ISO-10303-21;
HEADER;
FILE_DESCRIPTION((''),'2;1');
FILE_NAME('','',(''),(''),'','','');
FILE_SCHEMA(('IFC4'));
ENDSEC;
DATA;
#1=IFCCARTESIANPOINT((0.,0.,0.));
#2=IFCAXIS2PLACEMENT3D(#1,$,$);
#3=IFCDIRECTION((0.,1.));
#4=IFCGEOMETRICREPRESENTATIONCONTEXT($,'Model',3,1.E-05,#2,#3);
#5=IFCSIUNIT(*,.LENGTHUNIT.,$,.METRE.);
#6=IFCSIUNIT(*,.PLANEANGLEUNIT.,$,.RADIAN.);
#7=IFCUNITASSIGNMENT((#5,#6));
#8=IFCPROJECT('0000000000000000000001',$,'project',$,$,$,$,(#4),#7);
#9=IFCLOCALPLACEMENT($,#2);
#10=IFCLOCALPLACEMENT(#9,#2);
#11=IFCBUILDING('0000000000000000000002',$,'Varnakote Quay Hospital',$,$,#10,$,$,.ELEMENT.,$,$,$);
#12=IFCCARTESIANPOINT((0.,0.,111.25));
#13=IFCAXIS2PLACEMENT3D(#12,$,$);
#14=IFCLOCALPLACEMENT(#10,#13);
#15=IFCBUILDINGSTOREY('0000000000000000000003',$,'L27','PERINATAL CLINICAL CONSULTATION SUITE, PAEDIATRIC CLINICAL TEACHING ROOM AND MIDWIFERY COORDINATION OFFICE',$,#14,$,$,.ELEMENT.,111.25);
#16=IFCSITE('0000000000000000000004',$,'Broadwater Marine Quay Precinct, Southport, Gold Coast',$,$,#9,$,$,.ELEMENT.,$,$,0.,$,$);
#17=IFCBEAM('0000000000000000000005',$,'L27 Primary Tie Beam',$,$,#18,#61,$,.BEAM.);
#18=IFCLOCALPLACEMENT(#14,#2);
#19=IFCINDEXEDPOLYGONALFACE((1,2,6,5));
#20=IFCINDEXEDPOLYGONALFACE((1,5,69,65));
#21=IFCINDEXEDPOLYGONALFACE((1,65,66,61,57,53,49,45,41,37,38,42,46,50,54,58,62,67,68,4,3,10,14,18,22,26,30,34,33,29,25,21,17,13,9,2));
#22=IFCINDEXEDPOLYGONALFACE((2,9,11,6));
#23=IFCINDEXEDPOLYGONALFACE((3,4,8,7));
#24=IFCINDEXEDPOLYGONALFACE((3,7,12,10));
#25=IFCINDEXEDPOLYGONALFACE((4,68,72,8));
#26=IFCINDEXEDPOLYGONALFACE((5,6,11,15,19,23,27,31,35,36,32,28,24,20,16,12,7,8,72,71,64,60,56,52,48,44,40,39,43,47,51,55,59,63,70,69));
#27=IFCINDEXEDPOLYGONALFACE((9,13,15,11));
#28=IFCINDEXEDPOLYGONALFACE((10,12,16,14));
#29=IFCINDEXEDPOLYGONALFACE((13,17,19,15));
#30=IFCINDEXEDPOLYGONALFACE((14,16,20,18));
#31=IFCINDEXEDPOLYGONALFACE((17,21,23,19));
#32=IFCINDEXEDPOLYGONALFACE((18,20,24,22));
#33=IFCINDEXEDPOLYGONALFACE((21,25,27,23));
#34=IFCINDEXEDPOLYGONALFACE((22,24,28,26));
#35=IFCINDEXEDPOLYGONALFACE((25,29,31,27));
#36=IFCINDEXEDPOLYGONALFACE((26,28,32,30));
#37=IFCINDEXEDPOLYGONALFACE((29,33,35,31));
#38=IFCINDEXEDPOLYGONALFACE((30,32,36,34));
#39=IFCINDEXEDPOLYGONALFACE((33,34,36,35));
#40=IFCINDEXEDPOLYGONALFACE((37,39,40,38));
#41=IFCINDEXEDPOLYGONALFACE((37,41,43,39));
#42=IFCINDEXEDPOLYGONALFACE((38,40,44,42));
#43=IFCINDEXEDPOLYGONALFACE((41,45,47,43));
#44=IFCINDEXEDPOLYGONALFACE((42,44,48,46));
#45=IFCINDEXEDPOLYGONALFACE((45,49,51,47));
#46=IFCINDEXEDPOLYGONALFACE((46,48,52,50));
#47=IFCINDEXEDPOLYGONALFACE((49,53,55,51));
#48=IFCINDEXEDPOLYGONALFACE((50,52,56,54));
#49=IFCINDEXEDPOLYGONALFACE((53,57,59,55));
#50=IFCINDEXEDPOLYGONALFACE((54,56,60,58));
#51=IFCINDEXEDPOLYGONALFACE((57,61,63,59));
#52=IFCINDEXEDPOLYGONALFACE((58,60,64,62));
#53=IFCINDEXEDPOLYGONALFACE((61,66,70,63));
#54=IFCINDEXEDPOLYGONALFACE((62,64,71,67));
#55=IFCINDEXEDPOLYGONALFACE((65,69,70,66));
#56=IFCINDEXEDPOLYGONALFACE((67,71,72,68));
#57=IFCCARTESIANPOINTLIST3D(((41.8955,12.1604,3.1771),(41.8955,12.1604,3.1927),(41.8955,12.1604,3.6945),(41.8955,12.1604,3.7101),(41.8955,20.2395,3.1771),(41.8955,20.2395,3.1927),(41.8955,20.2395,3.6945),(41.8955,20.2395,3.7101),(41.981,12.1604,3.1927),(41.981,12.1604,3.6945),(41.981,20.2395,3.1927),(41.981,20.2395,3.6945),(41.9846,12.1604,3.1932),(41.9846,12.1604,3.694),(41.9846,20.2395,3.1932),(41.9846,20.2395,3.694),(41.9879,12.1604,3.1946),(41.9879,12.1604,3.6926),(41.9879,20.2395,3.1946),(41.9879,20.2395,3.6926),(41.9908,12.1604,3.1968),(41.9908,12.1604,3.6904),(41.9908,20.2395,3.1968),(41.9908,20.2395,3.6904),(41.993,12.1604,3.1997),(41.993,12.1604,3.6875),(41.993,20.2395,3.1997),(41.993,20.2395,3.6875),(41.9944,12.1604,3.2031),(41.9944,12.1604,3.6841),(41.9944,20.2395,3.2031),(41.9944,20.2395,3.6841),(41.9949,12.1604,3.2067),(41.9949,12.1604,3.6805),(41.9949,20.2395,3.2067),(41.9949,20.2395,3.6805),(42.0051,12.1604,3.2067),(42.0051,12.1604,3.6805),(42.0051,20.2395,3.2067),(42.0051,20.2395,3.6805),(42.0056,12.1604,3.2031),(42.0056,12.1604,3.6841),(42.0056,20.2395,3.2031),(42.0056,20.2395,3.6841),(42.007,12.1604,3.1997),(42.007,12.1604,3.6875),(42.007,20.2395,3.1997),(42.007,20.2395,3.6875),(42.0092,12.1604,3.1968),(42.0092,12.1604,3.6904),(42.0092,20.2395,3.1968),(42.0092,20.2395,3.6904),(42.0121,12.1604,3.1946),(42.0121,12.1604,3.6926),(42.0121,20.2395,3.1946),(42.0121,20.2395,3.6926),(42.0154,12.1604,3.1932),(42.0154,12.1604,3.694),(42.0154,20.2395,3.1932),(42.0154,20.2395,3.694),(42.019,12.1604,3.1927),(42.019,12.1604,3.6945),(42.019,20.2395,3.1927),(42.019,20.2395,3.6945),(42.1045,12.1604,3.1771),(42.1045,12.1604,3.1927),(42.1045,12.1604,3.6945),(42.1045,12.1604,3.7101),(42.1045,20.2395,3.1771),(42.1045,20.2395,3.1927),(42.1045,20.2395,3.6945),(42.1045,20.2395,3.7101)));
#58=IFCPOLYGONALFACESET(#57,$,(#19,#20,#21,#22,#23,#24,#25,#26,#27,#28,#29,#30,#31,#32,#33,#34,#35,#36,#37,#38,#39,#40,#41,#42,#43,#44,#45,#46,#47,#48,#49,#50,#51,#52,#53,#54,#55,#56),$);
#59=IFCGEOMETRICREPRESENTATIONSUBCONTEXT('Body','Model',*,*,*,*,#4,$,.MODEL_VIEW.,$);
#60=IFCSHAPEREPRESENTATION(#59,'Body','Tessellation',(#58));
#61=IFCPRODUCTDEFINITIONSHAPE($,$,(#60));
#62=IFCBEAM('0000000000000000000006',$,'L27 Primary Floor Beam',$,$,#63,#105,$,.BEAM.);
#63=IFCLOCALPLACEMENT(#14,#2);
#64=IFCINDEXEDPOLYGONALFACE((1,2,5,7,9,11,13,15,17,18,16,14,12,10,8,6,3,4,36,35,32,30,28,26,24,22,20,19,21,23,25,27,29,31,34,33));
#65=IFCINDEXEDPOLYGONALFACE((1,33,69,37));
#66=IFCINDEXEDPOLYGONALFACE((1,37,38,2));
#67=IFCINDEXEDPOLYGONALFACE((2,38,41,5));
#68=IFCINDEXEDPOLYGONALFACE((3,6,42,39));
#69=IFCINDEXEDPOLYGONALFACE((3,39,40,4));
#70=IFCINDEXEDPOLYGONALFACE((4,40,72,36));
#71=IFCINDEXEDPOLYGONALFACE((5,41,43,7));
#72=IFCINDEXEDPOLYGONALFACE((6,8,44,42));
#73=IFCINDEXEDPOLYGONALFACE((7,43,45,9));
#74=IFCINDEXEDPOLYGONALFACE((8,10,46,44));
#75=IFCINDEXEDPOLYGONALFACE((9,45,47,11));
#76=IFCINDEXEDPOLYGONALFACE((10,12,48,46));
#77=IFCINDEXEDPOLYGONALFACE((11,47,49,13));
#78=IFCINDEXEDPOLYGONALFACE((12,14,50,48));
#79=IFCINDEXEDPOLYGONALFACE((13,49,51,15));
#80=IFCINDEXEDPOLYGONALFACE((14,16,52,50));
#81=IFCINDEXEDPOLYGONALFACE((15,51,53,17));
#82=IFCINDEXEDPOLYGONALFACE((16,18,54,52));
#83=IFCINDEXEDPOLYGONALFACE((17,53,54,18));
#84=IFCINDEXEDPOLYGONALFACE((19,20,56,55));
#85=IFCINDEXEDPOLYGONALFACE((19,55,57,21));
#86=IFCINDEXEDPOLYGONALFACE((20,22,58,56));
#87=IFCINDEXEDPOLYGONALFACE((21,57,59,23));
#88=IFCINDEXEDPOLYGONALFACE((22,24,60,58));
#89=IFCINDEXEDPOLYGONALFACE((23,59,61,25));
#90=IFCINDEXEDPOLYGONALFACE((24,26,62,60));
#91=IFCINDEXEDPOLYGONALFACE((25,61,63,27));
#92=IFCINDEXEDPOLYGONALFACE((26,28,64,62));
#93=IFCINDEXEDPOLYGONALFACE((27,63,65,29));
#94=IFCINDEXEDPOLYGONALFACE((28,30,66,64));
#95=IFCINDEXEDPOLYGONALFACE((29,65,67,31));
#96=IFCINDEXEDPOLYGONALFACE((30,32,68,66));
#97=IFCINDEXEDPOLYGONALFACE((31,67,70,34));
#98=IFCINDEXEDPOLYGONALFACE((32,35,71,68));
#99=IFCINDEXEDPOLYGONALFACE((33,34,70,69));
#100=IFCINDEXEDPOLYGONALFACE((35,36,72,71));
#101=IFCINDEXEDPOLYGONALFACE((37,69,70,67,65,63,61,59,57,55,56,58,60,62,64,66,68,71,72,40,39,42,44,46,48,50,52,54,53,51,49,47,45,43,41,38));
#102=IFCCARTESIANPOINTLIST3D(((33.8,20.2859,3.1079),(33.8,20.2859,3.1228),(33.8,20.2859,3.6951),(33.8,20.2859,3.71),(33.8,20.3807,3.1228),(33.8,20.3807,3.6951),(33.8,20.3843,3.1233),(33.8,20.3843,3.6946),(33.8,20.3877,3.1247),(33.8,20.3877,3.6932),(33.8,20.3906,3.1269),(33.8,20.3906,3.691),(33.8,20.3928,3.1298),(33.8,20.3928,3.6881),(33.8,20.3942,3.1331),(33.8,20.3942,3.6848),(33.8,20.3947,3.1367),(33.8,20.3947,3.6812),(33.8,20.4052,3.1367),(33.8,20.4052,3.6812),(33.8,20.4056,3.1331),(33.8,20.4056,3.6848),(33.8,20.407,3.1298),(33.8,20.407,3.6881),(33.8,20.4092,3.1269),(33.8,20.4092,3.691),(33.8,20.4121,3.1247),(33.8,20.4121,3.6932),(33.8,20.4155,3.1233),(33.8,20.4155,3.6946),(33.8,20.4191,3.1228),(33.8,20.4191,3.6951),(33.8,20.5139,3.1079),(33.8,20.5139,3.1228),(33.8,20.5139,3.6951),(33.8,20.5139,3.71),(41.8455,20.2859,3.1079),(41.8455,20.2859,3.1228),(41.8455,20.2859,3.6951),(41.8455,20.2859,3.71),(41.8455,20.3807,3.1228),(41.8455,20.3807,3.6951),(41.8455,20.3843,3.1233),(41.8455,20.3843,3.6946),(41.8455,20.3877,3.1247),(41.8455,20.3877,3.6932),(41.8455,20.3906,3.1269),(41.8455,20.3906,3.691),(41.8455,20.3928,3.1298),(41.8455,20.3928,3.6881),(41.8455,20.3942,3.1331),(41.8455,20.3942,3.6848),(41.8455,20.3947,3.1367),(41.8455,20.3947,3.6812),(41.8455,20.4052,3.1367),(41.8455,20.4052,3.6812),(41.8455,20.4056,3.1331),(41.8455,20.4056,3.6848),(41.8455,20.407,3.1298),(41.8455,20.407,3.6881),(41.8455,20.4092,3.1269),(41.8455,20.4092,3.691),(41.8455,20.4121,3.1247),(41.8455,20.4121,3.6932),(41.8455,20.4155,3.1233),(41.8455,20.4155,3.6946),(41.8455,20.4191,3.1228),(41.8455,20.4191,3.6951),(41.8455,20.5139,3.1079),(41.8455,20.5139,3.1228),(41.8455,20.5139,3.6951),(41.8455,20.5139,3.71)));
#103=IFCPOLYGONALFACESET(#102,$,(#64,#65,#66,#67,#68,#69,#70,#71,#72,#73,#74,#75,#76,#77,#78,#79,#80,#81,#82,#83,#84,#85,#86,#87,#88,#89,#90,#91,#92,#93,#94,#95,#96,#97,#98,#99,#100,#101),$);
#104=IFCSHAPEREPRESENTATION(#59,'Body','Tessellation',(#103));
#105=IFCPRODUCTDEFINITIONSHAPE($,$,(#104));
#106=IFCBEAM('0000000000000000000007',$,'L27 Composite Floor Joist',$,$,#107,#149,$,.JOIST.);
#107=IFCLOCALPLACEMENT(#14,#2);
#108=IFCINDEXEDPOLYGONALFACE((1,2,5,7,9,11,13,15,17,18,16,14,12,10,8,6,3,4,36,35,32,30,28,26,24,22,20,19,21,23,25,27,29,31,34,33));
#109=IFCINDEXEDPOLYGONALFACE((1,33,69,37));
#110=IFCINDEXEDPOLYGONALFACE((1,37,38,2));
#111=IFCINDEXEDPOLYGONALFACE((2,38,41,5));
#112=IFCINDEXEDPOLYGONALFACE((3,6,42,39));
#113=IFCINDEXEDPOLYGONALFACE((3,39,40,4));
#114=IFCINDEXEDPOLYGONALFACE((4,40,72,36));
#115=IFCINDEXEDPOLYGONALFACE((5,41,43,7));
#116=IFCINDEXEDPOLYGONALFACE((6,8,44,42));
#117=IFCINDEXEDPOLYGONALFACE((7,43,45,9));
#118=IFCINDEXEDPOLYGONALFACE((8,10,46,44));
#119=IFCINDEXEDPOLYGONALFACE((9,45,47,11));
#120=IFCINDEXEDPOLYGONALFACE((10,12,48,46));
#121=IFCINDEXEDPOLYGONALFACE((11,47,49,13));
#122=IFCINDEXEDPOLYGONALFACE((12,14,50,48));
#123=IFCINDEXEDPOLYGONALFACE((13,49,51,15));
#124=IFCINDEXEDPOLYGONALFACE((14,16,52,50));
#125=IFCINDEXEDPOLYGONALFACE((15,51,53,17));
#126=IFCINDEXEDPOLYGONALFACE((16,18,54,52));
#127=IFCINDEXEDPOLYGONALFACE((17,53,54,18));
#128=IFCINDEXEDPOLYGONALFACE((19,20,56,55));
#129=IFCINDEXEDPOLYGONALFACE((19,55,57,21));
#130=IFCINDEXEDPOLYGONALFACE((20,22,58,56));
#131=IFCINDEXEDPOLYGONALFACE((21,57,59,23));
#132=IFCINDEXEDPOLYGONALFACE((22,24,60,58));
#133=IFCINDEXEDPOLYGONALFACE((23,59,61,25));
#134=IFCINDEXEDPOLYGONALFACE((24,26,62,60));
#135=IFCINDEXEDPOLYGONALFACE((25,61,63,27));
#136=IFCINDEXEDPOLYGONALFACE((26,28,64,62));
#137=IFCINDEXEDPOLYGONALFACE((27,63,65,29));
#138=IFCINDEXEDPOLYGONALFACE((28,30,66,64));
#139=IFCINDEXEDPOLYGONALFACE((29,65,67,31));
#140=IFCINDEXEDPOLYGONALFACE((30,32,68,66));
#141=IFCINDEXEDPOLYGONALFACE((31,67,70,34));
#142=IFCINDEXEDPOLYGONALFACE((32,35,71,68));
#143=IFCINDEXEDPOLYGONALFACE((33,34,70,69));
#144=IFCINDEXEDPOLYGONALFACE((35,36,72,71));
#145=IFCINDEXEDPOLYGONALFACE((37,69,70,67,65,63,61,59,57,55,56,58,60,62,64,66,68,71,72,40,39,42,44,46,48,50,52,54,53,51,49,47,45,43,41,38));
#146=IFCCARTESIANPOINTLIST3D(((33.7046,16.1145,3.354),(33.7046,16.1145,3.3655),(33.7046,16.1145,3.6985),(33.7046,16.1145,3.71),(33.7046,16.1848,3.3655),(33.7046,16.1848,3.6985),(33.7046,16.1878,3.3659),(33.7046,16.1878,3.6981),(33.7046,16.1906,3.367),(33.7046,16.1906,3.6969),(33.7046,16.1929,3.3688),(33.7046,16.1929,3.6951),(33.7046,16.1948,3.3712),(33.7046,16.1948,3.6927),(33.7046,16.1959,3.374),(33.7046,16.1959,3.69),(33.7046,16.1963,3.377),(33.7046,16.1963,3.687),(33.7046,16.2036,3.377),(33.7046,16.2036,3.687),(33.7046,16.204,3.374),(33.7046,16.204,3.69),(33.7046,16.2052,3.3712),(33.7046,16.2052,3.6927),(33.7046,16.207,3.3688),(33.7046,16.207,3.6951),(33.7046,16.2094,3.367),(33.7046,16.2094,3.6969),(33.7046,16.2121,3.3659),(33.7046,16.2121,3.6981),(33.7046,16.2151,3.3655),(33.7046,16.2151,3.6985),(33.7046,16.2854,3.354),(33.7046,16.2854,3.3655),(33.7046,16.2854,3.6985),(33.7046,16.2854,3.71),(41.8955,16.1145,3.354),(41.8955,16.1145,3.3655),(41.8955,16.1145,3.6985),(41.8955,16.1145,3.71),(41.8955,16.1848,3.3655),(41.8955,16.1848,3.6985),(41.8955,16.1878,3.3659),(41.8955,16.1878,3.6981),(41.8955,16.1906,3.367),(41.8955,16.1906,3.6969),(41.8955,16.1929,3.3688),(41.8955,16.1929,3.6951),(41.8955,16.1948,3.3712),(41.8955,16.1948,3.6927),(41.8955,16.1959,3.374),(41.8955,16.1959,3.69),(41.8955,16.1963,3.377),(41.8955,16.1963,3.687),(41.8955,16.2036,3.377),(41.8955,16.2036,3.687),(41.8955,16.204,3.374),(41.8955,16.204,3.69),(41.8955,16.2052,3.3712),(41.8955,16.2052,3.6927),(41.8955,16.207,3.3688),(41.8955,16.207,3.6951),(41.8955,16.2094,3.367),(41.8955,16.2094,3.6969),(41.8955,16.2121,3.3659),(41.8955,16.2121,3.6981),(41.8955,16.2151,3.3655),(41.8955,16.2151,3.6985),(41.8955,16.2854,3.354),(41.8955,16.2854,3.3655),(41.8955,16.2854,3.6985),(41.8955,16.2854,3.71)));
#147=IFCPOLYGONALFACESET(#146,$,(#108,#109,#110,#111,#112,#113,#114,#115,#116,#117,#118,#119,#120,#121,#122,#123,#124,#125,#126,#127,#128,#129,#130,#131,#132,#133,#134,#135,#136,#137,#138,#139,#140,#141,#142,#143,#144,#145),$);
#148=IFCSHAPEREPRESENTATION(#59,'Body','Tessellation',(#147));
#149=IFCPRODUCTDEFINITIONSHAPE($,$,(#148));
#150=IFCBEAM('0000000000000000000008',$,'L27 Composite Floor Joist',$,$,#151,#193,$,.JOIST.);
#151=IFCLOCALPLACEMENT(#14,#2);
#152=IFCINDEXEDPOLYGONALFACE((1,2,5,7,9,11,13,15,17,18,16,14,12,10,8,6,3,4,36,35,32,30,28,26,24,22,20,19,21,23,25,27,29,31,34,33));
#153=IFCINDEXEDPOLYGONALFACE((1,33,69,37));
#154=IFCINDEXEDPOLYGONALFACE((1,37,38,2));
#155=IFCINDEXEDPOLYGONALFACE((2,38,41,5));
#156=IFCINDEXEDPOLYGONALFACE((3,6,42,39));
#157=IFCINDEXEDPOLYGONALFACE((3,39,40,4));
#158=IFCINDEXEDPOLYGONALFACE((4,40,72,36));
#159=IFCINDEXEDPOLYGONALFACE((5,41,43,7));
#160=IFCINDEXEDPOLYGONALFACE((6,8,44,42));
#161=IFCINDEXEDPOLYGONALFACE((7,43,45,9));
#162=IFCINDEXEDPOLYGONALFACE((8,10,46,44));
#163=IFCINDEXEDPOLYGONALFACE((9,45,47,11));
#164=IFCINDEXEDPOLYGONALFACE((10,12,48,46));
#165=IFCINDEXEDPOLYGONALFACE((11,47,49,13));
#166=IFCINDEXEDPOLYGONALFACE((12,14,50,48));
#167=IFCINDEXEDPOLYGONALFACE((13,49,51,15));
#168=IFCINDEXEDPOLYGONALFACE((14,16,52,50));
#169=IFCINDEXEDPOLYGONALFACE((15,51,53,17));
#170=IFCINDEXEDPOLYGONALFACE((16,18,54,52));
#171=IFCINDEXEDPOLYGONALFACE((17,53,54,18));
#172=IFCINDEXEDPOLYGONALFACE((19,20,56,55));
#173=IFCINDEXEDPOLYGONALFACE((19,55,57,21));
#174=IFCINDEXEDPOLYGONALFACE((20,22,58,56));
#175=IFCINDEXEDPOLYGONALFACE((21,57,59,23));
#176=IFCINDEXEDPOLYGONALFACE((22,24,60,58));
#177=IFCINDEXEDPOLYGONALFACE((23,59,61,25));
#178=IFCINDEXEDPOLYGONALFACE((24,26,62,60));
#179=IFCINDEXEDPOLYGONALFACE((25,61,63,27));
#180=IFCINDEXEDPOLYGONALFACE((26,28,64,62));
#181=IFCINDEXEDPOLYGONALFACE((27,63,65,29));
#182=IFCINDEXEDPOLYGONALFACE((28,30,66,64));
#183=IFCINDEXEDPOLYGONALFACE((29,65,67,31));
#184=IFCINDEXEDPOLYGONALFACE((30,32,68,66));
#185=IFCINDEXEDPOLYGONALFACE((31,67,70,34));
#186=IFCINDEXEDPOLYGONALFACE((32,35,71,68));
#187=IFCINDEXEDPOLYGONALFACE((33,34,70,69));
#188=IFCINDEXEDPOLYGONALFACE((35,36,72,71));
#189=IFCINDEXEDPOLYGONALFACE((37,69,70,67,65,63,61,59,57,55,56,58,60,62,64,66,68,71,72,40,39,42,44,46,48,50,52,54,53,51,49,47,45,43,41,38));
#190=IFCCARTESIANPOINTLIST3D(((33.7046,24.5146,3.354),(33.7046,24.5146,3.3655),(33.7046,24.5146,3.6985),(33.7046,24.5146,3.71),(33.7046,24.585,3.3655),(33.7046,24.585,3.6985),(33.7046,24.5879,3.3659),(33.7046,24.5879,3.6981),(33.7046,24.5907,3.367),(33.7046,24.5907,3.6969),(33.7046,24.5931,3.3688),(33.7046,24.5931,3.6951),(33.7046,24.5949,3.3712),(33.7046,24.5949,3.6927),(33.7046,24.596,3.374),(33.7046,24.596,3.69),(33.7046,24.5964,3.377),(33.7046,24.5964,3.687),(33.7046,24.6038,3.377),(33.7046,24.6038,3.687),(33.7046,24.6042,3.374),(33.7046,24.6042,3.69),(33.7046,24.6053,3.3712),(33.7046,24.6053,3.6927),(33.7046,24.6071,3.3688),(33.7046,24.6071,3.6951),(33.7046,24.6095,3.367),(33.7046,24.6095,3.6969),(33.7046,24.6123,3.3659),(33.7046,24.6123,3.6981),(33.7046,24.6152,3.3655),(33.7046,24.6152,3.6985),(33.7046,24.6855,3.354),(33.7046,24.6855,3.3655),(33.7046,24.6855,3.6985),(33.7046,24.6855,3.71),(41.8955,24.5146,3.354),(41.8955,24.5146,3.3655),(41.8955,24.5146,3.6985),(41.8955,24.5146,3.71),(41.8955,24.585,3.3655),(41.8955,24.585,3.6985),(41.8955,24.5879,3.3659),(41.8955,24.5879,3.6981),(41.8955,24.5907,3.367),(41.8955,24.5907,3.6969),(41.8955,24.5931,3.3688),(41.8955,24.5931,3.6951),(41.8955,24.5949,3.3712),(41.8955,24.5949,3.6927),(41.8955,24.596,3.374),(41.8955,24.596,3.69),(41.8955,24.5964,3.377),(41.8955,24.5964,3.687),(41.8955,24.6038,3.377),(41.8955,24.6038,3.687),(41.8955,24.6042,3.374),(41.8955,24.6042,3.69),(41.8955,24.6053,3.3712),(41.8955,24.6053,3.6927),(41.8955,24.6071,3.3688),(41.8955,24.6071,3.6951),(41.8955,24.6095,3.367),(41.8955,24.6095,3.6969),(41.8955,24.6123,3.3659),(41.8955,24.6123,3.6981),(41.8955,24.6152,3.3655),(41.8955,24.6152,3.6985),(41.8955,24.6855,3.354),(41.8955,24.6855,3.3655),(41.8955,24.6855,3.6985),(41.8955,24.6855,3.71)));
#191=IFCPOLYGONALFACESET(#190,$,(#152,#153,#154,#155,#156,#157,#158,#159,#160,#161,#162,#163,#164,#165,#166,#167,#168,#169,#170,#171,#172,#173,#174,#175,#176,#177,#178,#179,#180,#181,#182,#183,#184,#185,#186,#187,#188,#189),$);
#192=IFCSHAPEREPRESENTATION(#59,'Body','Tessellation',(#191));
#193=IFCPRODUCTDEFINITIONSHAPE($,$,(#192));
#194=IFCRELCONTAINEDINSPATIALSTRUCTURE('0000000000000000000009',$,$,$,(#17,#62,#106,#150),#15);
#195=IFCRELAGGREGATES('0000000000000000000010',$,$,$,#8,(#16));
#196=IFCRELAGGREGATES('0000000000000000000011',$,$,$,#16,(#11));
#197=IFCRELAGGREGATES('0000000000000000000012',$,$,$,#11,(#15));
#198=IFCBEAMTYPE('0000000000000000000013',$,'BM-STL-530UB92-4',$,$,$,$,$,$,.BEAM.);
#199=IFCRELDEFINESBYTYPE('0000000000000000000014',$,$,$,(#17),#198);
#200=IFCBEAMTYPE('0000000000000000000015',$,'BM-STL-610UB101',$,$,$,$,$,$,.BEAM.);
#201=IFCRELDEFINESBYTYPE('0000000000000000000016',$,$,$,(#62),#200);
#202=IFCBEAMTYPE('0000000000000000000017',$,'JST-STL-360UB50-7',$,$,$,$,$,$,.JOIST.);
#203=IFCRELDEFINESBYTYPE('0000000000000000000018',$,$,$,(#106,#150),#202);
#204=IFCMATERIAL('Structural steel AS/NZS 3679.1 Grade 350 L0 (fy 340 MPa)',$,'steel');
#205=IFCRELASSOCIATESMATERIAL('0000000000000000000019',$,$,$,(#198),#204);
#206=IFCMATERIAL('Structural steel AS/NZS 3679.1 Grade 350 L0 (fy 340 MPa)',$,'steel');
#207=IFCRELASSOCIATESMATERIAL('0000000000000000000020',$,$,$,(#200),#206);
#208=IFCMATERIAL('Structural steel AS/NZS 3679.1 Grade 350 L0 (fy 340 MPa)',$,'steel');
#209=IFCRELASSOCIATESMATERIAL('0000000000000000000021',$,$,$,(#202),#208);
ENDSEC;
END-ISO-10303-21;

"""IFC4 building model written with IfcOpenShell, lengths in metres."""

from ifc_helpers import new_model, si_unit, direction, frame, origin, origin_2d, place, context, subcontext, project, spatial, i_section, extrude, material, material_profile, profile_set, type_object, element, save


model = new_model("IFC4")

# Units and contexts
model_context = context("Model", 3, precision=1e-05, world=origin(), true_north=direction((0.0, 1.0)))
body_context = subcontext(model_context, "Body", "Model", "MODEL_VIEW")
ifc_project = project(units=[si_unit("LENGTHUNIT", "METRE"), si_unit("PLANEANGLEUNIT", "RADIAN")], contexts=[model_context])

# Site, building, storey
site_placement = place(None, origin())
site = spatial("IfcSite", under=ifc_project, at=site_placement, Name="Broadwater Marine Quay Precinct, Southport, Gold Coast", CompositionType="ELEMENT", RefElevation=0.0)
building_placement = place(site_placement, origin())
building = spatial("IfcBuilding", under=site, at=building_placement, Name="Varnakote Quay Hospital", CompositionType="ELEMENT")
storey_placement = place(building_placement, frame((0.0, 0.0, 111.25)))
storey = spatial("IfcBuildingStorey", under=building, at=storey_placement, Name="L27", Description="PERINATAL CLINICAL CONSULTATION SUITE, PAEDIATRIC CLINICAL TEACHING ROOM AND MIDWIFERY COORDINATION OFFICE", CompositionType="ELEMENT", Elevation=111.25)

# Beams
ifc_material_1 = material(Name="Structural steel AS/NZS 3679.1 Grade 350 L0 (fy 340 MPa)", Category="steel")
ifc_material_profile_1 = material_profile(ifc_material_1, i_section(OverallWidth=0.209, OverallDepth=0.533, WebThickness=0.0103, FlangeThickness=0.0156, FilletRadius=0.0139, at=origin_2d()), Name="530UB92.4")
ifc_profile_set_1 = profile_set([ifc_material_profile_1], Name="Structural steel AS/NZS 3679.1 Grade 350 L0 (fy 340 MPa)")
beam_type_1 = type_object("IfcBeamType", Name="BM-STL-530UB92-4", PredefinedType="BEAM", material=ifc_profile_set_1)
beam_1_placement = place(storey_placement, frame((42.0, 12.1604, 3.4436), z_axis=(0.0, 1.0, 0.0), x_axis=(-1.0, 0.0, 0.0)))
element("IfcBeam", 1, at=beam_1_placement, inside=storey, type_object=beam_type_1, Name="L27 Primary Tie Beam", PredefinedType="BEAM", context=body_context, shape_type="SweptSolid", body=[
    extrude(i_section(OverallWidth=0.209, OverallDepth=0.533, WebThickness=0.0103, FlangeThickness=0.0156, FilletRadius=0.0139, at=origin_2d()), origin(), (0.0, 0.0, 1.0), 8.0791),
])
ifc_material_2 = material(Name="Structural steel AS/NZS 3679.1 Grade 350 L0 (fy 340 MPa)", Category="steel")
ifc_material_profile_2 = material_profile(ifc_material_2, i_section(OverallWidth=0.228, OverallDepth=0.6021, WebThickness=0.0105, FlangeThickness=0.0149, FilletRadius=0.0139, at=origin_2d()), Name="610UB101")
ifc_profile_set_2 = profile_set([ifc_material_profile_2], Name="Structural steel AS/NZS 3679.1 Grade 350 L0 (fy 340 MPa)")
beam_type_2 = type_object("IfcBeamType", Name="BM-STL-610UB101", PredefinedType="BEAM", material=ifc_profile_set_2)
beam_2_placement = place(storey_placement, frame((33.8, 20.3999, 3.4089), z_axis=(1.0, 0.0, 0.0), x_axis=(0.0, 1.0, 0.0)))
element("IfcBeam", 2, at=beam_2_placement, inside=storey, type_object=beam_type_2, Name="L27 Primary Floor Beam", PredefinedType="BEAM", context=body_context, shape_type="SweptSolid", body=[
    extrude(i_section(OverallWidth=0.228, OverallDepth=0.6021, WebThickness=0.0105, FlangeThickness=0.0149, FilletRadius=0.0139, at=origin_2d()), origin(), (0.0, 0.0, 1.0), 8.0454),
])
ifc_material_3 = material(Name="Structural steel AS/NZS 3679.1 Grade 350 L0 (fy 340 MPa)", Category="steel")
ifc_material_profile_3 = material_profile(ifc_material_3, i_section(OverallWidth=0.1709, OverallDepth=0.356, WebThickness=0.0073, FlangeThickness=0.0115, FilletRadius=0.0115, at=origin_2d()), Name="360UB50.7")
ifc_profile_set_3 = profile_set([ifc_material_profile_3], Name="Structural steel AS/NZS 3679.1 Grade 350 L0 (fy 340 MPa)")
beam_type_3 = type_object("IfcBeamType", Name="JST-STL-360UB50-7", PredefinedType="JOIST", material=ifc_profile_set_3)
for number, where, z_axis, x_axis, name in (
    (3, (33.7046, 16.2, 3.532), (1.0, 0.0, 0.0), (0.0, 1.0, 0.0), "L27 Composite Floor Joist"),
    (4, (33.7046, 24.6001, 3.532), (1.0, 0.0, 0.0), (0.0, 1.0, 0.0), "L27 Composite Floor Joist"),
):
    element("IfcBeam", number, at=place(storey_placement, frame(where, z_axis=z_axis, x_axis=x_axis)), inside=storey, type_object=beam_type_3, Name=name, PredefinedType="JOIST", context=body_context, shape_type="SweptSolid", body=[
        extrude(i_section(OverallWidth=0.1709, OverallDepth=0.356, WebThickness=0.0073, FlangeThickness=0.0115, FilletRadius=0.0115, at=origin_2d()), origin(), (0.0, 0.0, 1.0), 8.1909),
    ])

save(model, "model.ifc")
